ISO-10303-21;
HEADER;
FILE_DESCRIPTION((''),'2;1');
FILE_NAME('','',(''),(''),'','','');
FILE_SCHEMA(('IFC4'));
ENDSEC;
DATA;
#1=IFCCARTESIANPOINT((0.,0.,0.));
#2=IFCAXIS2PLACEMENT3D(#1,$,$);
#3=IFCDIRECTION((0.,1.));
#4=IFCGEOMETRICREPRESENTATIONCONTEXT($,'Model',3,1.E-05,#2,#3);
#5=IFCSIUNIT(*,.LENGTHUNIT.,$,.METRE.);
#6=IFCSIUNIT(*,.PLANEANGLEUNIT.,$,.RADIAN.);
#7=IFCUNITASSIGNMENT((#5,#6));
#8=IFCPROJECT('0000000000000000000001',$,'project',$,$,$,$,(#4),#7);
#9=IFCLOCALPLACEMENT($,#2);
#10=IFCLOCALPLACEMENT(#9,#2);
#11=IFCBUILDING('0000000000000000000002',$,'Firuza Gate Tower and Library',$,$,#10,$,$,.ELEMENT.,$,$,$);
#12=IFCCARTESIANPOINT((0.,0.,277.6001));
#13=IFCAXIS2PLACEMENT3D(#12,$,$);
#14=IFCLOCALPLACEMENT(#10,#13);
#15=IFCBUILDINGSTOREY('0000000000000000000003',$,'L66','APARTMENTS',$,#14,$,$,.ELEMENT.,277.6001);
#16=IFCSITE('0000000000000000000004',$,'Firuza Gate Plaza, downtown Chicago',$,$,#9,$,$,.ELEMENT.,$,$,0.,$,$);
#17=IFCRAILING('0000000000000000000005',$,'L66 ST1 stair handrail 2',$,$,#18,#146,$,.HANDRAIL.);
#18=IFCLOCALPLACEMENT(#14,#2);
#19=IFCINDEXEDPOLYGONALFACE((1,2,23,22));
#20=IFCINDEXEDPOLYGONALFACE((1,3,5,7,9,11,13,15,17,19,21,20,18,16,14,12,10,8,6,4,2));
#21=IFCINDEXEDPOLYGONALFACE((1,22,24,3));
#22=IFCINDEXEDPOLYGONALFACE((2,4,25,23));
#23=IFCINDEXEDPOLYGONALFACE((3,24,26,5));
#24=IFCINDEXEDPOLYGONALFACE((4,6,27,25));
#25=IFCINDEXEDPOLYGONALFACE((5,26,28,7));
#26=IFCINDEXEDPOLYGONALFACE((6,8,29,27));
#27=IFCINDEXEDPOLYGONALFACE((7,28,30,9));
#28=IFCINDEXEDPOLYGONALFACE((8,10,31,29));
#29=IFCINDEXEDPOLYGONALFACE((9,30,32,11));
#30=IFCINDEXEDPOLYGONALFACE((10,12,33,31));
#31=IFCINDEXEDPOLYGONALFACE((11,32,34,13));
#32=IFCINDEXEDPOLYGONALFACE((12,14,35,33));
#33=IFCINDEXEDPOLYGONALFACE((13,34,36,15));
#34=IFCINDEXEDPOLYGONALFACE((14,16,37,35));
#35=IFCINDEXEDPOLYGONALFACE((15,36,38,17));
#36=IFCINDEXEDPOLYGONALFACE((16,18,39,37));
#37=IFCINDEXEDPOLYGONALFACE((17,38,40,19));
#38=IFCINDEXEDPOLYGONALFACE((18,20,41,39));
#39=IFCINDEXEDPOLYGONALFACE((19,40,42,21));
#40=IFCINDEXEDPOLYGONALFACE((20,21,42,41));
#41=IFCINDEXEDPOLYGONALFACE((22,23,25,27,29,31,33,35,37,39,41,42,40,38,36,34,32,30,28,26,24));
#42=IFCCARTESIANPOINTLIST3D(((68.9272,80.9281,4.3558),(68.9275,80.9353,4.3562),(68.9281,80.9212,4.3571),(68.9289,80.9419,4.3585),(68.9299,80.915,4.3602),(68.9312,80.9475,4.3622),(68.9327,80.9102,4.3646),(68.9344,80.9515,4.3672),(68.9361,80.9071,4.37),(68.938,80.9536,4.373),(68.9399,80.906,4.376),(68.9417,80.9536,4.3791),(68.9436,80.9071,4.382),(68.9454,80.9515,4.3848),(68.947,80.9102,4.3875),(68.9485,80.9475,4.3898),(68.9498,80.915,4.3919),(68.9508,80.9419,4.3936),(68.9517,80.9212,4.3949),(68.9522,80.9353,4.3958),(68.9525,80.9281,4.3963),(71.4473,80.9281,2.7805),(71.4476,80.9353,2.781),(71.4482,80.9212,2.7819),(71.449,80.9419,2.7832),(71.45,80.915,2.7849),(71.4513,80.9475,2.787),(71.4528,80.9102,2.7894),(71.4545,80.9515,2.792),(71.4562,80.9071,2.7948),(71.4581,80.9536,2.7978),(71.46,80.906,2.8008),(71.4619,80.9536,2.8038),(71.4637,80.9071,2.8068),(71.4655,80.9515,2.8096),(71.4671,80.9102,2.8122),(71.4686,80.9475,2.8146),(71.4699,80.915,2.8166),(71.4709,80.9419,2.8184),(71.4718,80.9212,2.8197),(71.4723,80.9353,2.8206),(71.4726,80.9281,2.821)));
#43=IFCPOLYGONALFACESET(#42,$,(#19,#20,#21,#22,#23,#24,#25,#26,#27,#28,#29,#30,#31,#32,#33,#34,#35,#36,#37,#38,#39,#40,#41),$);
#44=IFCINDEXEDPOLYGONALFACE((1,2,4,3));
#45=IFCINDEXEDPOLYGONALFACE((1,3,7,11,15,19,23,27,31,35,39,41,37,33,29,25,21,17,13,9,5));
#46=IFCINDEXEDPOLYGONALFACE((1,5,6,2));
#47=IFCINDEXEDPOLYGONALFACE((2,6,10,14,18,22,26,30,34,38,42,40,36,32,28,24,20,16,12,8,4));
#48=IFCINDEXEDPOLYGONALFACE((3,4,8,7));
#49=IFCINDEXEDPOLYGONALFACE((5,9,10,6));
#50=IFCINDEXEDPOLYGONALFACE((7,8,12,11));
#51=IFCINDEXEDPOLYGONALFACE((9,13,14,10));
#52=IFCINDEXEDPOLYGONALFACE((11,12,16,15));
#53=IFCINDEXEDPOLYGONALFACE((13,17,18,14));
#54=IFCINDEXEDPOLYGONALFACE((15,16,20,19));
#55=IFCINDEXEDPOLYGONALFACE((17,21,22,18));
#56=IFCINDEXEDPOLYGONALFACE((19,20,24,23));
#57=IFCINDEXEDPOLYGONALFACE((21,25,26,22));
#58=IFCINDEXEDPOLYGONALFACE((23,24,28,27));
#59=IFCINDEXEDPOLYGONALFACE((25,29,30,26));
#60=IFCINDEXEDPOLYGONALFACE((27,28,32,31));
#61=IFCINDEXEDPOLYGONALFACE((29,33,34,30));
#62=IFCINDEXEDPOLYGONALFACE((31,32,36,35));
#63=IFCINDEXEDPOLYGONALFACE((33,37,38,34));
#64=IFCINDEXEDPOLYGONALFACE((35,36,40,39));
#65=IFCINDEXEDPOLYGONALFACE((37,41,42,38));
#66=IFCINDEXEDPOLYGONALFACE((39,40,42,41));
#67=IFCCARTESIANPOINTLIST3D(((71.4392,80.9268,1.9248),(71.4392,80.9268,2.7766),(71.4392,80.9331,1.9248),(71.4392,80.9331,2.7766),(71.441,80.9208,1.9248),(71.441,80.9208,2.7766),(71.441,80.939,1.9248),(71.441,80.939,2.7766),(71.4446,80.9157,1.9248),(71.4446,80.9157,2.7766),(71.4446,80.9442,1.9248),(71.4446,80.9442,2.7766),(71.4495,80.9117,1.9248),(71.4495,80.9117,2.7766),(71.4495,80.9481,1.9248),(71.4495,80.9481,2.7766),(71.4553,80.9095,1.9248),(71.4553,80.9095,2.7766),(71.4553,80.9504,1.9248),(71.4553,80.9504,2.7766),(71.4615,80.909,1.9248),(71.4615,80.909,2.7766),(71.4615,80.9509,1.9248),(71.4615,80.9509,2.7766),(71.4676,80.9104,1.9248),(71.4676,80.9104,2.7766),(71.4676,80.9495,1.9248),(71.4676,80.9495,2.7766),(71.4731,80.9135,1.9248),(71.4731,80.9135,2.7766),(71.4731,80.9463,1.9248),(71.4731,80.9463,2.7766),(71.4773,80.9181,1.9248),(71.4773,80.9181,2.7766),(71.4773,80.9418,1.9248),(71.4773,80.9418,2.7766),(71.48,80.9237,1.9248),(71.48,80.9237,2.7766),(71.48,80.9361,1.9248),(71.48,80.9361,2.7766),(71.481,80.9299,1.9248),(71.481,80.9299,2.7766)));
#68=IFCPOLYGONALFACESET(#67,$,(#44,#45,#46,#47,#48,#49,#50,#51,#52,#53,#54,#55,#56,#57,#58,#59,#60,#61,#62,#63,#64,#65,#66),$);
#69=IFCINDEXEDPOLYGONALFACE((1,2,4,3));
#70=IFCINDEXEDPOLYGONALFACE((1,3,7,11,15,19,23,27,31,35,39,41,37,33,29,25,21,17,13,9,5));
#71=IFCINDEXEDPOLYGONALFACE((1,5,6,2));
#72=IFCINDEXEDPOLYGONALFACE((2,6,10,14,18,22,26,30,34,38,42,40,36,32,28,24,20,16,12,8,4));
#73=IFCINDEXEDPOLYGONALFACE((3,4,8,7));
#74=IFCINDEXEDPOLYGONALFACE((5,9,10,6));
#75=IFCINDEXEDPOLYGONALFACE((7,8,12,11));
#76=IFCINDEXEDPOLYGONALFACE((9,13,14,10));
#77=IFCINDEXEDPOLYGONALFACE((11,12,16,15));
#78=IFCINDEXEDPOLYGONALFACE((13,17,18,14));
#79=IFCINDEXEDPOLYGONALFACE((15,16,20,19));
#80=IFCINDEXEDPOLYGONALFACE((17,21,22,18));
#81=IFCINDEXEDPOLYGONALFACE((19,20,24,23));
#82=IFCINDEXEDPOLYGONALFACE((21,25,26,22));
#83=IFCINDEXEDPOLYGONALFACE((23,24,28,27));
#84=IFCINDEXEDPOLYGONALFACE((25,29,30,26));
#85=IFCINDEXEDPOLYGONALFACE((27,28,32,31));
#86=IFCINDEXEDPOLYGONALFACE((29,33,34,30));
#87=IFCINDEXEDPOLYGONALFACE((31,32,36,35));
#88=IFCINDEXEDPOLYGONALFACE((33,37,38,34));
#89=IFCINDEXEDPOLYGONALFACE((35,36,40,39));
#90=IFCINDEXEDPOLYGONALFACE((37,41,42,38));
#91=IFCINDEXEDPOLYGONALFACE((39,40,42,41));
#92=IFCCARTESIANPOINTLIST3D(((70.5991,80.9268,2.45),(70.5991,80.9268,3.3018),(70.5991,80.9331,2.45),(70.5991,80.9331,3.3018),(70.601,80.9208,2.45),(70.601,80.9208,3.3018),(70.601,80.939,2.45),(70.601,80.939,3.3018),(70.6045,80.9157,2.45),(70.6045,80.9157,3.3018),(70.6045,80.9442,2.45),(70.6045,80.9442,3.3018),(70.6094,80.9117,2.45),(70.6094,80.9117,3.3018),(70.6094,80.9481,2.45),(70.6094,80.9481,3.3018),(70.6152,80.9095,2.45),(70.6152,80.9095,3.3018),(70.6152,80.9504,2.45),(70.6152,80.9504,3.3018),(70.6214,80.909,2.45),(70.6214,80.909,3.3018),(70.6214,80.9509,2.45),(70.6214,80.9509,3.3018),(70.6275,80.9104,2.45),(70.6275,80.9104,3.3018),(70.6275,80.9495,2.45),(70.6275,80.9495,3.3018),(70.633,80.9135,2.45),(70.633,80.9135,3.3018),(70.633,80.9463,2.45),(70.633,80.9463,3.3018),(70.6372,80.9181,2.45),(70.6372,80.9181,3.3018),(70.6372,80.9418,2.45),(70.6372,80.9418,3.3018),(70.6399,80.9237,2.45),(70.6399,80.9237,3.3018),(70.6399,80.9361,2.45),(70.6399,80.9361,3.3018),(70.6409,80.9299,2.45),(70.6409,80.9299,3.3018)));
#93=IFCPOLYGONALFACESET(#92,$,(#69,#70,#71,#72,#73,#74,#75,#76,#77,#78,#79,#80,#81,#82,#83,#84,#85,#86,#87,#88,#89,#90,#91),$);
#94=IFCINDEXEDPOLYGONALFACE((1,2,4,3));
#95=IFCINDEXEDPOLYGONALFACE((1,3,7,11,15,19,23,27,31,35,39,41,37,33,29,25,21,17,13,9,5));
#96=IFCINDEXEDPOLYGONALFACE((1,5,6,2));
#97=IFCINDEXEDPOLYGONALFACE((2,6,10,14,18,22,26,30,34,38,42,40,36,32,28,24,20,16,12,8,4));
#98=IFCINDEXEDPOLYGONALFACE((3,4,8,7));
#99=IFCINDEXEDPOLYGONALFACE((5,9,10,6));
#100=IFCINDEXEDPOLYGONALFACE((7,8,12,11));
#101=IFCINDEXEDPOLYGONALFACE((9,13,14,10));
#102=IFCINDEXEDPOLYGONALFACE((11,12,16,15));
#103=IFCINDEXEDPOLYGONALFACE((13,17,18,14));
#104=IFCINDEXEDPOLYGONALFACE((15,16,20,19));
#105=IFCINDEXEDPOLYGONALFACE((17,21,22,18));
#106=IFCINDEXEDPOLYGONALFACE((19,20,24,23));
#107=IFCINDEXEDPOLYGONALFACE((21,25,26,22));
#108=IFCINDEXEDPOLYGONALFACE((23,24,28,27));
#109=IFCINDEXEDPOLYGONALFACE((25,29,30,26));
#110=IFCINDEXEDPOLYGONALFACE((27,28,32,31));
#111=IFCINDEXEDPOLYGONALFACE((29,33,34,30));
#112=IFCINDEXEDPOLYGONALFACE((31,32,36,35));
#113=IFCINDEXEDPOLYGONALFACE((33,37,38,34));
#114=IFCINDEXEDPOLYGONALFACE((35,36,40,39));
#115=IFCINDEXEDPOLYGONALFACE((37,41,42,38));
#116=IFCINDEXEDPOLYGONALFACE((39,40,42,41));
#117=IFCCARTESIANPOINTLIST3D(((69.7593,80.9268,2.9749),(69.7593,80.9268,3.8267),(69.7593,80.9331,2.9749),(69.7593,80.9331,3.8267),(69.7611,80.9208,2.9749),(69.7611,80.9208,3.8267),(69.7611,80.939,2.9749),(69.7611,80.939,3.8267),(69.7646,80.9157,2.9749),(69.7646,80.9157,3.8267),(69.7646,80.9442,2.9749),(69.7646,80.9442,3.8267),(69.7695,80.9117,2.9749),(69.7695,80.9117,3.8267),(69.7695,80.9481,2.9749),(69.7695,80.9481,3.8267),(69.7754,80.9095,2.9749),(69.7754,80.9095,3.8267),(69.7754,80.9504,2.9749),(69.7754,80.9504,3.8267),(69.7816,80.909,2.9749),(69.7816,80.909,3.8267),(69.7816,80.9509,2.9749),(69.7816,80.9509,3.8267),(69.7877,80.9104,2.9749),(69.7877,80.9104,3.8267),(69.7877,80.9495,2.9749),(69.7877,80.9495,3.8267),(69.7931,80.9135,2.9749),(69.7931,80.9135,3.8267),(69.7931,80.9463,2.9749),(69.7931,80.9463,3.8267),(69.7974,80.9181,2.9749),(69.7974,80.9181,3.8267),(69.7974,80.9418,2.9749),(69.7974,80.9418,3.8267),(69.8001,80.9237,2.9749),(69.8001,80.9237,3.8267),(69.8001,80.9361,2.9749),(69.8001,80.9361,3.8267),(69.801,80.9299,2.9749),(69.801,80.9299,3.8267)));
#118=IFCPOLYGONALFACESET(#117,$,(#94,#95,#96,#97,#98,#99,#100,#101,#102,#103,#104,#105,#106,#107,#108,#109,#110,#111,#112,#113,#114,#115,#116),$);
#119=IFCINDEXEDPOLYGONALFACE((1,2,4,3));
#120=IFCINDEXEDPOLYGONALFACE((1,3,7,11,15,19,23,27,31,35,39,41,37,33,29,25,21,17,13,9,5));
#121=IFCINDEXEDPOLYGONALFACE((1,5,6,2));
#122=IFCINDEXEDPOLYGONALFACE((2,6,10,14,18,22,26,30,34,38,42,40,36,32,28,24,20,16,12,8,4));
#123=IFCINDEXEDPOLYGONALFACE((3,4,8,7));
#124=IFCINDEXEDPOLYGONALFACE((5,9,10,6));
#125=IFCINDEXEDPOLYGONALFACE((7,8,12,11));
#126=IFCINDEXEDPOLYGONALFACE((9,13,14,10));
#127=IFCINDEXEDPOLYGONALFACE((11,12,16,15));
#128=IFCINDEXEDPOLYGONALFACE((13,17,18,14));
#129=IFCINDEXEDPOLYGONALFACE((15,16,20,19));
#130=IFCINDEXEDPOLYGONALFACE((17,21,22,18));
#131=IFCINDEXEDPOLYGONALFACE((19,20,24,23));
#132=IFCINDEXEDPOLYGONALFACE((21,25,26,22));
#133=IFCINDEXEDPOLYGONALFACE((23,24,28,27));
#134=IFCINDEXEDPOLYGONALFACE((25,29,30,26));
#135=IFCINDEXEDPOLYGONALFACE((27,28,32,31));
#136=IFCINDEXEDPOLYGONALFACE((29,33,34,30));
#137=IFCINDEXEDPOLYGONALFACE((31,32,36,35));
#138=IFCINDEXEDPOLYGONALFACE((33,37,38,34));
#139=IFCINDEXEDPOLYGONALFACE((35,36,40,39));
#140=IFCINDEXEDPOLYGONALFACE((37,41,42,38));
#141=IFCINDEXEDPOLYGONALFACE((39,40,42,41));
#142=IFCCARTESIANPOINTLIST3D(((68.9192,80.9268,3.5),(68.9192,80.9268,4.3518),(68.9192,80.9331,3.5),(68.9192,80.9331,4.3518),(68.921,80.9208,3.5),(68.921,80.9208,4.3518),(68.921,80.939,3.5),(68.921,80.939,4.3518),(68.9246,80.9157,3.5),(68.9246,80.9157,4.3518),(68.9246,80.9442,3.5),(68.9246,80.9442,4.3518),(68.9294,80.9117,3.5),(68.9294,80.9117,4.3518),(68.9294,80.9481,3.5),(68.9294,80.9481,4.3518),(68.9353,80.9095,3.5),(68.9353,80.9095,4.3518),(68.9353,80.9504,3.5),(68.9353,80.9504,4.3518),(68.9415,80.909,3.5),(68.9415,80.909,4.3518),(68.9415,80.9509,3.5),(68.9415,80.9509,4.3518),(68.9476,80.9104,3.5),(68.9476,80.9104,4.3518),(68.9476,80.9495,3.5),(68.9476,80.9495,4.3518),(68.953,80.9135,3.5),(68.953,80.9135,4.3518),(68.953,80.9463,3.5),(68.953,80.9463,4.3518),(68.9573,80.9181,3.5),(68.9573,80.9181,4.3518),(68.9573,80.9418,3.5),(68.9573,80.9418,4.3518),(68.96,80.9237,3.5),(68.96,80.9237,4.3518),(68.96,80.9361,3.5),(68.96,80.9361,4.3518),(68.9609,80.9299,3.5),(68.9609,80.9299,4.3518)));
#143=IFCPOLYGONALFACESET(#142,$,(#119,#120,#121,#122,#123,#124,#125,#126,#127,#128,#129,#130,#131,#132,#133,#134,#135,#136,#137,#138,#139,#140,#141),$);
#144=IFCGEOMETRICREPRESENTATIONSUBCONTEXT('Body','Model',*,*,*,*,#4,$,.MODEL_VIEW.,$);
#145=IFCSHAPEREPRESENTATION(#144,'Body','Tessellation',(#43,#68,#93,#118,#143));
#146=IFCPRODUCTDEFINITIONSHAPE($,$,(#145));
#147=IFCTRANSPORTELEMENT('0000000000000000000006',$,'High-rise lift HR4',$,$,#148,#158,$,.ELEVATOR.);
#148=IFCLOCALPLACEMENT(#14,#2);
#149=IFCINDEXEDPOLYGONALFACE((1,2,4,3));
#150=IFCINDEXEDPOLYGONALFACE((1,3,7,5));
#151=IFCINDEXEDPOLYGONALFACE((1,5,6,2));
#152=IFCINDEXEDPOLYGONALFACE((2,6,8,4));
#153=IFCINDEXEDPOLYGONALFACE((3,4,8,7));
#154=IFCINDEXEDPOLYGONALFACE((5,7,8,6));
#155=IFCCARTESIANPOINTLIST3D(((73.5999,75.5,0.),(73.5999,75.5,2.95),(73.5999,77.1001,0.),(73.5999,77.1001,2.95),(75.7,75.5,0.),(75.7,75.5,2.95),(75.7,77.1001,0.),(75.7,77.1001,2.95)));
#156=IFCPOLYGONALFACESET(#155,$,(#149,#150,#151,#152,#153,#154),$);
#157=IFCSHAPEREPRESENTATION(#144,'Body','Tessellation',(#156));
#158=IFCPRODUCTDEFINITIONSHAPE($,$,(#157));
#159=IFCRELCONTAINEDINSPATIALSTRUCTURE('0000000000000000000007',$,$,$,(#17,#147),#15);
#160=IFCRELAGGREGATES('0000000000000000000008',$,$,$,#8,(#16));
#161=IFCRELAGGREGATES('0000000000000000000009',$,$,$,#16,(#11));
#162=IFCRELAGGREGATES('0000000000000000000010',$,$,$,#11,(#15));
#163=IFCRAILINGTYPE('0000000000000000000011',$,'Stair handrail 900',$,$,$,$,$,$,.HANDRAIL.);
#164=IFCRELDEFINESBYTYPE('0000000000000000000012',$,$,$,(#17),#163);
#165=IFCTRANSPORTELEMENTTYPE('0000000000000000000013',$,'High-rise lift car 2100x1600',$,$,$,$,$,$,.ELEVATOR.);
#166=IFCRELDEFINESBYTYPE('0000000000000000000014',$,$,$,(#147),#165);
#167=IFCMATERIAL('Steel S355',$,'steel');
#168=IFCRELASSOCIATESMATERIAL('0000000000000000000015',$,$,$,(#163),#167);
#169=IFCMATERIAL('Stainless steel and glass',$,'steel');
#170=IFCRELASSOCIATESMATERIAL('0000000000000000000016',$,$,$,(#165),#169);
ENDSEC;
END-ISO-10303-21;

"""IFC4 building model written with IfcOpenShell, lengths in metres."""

from ifc_helpers import new_model, si_unit, direction, frame, origin, origin_2d, place, context, subcontext, project, spatial, rectangle, circle, extrude, material, type_object, element, save


model = new_model("IFC4")

# Units and contexts
model_context = context("Model", 3, precision=1e-05, world=origin(), true_north=direction((0.0, 1.0)))
body_context = subcontext(model_context, "Body", "Model", "MODEL_VIEW")
ifc_project = project(units=[si_unit("LENGTHUNIT", "METRE"), si_unit("PLANEANGLEUNIT", "RADIAN")], contexts=[model_context])

# Site, building, storey
site_placement = place(None, origin())
site = spatial("IfcSite", under=ifc_project, at=site_placement, Name="Firuza Gate Plaza, downtown Chicago", CompositionType="ELEMENT", RefElevation=0.0)
building_placement = place(site_placement, origin())
building = spatial("IfcBuilding", under=site, at=building_placement, Name="Firuza Gate Tower and Library", CompositionType="ELEMENT")
storey_placement = place(building_placement, frame((0.0, 0.0, 277.6001)))
storey = spatial("IfcBuildingStorey", under=building, at=storey_placement, Name="L66", Description="APARTMENTS", CompositionType="ELEMENT", Elevation=277.6001)

# Railing
ifc_material_1 = material(Name="Steel S355", Category="steel")
railing_type_1 = type_object("IfcRailingType", Name="Stair handrail 900", PredefinedType="HANDRAIL", material=ifc_material_1)
railing_1_placement = place(storey_placement, frame((71.46, 80.9299, 1.9248)))
element("IfcRailing", 1, at=railing_1_placement, inside=storey, type_object=railing_type_1, Name="L66 ST1 stair handrail 2", PredefinedType="HANDRAIL", context=body_context, shape_type="SweptSolid", body=[
    extrude(circle(Radius=0.0239, at=origin_2d()), frame((0.0, 0.0, 0.876), z_axis=(-0.847971, 0.0, 0.530043), x_axis=(0.0, -1.0, 0.0)), (0.0, 0.0, 1.0), 2.9719),
    extrude(circle(Radius=0.021, at=origin_2d()), origin(), (0.0, 0.0, 1.0), 0.8518),
    extrude(circle(Radius=0.021, at=origin_2d()), frame((-0.8401, 0.0, 0.5251)), (0.0, 0.0, 1.0), 0.8518),
    extrude(circle(Radius=0.021, at=origin_2d()), frame((-1.6799, 0.0, 1.05)), (0.0, 0.0, 1.0), 0.8518),
    extrude(circle(Radius=0.021, at=origin_2d()), frame((-2.52, 0.0, 1.5752)), (0.0, 0.0, 1.0), 0.8518),
])

# Transport element
ifc_material_2 = material(Name="Stainless steel and glass", Category="steel")
transport_element_type = type_object("IfcTransportElementType", Name="High-rise lift car 2100x1600", PredefinedType="ELEVATOR", material=ifc_material_2)
transport_element_placement = place(storey_placement, frame((74.6499, 76.3, 0.0), z_axis=(0.0, 0.0, 1.0), x_axis=(1.0, 0.0, 0.0)))
element("IfcTransportElement", 2, at=transport_element_placement, inside=storey, type_object=transport_element_type, Name="High-rise lift HR4", PredefinedType="ELEVATOR", context=body_context, shape_type="SweptSolid", body=[
    extrude(rectangle(XDim=2.1001, YDim=1.6001, at=origin_2d()), origin(), (0.0, 0.0, 1.0), 2.95),
])

save(model, "model.ifc")
